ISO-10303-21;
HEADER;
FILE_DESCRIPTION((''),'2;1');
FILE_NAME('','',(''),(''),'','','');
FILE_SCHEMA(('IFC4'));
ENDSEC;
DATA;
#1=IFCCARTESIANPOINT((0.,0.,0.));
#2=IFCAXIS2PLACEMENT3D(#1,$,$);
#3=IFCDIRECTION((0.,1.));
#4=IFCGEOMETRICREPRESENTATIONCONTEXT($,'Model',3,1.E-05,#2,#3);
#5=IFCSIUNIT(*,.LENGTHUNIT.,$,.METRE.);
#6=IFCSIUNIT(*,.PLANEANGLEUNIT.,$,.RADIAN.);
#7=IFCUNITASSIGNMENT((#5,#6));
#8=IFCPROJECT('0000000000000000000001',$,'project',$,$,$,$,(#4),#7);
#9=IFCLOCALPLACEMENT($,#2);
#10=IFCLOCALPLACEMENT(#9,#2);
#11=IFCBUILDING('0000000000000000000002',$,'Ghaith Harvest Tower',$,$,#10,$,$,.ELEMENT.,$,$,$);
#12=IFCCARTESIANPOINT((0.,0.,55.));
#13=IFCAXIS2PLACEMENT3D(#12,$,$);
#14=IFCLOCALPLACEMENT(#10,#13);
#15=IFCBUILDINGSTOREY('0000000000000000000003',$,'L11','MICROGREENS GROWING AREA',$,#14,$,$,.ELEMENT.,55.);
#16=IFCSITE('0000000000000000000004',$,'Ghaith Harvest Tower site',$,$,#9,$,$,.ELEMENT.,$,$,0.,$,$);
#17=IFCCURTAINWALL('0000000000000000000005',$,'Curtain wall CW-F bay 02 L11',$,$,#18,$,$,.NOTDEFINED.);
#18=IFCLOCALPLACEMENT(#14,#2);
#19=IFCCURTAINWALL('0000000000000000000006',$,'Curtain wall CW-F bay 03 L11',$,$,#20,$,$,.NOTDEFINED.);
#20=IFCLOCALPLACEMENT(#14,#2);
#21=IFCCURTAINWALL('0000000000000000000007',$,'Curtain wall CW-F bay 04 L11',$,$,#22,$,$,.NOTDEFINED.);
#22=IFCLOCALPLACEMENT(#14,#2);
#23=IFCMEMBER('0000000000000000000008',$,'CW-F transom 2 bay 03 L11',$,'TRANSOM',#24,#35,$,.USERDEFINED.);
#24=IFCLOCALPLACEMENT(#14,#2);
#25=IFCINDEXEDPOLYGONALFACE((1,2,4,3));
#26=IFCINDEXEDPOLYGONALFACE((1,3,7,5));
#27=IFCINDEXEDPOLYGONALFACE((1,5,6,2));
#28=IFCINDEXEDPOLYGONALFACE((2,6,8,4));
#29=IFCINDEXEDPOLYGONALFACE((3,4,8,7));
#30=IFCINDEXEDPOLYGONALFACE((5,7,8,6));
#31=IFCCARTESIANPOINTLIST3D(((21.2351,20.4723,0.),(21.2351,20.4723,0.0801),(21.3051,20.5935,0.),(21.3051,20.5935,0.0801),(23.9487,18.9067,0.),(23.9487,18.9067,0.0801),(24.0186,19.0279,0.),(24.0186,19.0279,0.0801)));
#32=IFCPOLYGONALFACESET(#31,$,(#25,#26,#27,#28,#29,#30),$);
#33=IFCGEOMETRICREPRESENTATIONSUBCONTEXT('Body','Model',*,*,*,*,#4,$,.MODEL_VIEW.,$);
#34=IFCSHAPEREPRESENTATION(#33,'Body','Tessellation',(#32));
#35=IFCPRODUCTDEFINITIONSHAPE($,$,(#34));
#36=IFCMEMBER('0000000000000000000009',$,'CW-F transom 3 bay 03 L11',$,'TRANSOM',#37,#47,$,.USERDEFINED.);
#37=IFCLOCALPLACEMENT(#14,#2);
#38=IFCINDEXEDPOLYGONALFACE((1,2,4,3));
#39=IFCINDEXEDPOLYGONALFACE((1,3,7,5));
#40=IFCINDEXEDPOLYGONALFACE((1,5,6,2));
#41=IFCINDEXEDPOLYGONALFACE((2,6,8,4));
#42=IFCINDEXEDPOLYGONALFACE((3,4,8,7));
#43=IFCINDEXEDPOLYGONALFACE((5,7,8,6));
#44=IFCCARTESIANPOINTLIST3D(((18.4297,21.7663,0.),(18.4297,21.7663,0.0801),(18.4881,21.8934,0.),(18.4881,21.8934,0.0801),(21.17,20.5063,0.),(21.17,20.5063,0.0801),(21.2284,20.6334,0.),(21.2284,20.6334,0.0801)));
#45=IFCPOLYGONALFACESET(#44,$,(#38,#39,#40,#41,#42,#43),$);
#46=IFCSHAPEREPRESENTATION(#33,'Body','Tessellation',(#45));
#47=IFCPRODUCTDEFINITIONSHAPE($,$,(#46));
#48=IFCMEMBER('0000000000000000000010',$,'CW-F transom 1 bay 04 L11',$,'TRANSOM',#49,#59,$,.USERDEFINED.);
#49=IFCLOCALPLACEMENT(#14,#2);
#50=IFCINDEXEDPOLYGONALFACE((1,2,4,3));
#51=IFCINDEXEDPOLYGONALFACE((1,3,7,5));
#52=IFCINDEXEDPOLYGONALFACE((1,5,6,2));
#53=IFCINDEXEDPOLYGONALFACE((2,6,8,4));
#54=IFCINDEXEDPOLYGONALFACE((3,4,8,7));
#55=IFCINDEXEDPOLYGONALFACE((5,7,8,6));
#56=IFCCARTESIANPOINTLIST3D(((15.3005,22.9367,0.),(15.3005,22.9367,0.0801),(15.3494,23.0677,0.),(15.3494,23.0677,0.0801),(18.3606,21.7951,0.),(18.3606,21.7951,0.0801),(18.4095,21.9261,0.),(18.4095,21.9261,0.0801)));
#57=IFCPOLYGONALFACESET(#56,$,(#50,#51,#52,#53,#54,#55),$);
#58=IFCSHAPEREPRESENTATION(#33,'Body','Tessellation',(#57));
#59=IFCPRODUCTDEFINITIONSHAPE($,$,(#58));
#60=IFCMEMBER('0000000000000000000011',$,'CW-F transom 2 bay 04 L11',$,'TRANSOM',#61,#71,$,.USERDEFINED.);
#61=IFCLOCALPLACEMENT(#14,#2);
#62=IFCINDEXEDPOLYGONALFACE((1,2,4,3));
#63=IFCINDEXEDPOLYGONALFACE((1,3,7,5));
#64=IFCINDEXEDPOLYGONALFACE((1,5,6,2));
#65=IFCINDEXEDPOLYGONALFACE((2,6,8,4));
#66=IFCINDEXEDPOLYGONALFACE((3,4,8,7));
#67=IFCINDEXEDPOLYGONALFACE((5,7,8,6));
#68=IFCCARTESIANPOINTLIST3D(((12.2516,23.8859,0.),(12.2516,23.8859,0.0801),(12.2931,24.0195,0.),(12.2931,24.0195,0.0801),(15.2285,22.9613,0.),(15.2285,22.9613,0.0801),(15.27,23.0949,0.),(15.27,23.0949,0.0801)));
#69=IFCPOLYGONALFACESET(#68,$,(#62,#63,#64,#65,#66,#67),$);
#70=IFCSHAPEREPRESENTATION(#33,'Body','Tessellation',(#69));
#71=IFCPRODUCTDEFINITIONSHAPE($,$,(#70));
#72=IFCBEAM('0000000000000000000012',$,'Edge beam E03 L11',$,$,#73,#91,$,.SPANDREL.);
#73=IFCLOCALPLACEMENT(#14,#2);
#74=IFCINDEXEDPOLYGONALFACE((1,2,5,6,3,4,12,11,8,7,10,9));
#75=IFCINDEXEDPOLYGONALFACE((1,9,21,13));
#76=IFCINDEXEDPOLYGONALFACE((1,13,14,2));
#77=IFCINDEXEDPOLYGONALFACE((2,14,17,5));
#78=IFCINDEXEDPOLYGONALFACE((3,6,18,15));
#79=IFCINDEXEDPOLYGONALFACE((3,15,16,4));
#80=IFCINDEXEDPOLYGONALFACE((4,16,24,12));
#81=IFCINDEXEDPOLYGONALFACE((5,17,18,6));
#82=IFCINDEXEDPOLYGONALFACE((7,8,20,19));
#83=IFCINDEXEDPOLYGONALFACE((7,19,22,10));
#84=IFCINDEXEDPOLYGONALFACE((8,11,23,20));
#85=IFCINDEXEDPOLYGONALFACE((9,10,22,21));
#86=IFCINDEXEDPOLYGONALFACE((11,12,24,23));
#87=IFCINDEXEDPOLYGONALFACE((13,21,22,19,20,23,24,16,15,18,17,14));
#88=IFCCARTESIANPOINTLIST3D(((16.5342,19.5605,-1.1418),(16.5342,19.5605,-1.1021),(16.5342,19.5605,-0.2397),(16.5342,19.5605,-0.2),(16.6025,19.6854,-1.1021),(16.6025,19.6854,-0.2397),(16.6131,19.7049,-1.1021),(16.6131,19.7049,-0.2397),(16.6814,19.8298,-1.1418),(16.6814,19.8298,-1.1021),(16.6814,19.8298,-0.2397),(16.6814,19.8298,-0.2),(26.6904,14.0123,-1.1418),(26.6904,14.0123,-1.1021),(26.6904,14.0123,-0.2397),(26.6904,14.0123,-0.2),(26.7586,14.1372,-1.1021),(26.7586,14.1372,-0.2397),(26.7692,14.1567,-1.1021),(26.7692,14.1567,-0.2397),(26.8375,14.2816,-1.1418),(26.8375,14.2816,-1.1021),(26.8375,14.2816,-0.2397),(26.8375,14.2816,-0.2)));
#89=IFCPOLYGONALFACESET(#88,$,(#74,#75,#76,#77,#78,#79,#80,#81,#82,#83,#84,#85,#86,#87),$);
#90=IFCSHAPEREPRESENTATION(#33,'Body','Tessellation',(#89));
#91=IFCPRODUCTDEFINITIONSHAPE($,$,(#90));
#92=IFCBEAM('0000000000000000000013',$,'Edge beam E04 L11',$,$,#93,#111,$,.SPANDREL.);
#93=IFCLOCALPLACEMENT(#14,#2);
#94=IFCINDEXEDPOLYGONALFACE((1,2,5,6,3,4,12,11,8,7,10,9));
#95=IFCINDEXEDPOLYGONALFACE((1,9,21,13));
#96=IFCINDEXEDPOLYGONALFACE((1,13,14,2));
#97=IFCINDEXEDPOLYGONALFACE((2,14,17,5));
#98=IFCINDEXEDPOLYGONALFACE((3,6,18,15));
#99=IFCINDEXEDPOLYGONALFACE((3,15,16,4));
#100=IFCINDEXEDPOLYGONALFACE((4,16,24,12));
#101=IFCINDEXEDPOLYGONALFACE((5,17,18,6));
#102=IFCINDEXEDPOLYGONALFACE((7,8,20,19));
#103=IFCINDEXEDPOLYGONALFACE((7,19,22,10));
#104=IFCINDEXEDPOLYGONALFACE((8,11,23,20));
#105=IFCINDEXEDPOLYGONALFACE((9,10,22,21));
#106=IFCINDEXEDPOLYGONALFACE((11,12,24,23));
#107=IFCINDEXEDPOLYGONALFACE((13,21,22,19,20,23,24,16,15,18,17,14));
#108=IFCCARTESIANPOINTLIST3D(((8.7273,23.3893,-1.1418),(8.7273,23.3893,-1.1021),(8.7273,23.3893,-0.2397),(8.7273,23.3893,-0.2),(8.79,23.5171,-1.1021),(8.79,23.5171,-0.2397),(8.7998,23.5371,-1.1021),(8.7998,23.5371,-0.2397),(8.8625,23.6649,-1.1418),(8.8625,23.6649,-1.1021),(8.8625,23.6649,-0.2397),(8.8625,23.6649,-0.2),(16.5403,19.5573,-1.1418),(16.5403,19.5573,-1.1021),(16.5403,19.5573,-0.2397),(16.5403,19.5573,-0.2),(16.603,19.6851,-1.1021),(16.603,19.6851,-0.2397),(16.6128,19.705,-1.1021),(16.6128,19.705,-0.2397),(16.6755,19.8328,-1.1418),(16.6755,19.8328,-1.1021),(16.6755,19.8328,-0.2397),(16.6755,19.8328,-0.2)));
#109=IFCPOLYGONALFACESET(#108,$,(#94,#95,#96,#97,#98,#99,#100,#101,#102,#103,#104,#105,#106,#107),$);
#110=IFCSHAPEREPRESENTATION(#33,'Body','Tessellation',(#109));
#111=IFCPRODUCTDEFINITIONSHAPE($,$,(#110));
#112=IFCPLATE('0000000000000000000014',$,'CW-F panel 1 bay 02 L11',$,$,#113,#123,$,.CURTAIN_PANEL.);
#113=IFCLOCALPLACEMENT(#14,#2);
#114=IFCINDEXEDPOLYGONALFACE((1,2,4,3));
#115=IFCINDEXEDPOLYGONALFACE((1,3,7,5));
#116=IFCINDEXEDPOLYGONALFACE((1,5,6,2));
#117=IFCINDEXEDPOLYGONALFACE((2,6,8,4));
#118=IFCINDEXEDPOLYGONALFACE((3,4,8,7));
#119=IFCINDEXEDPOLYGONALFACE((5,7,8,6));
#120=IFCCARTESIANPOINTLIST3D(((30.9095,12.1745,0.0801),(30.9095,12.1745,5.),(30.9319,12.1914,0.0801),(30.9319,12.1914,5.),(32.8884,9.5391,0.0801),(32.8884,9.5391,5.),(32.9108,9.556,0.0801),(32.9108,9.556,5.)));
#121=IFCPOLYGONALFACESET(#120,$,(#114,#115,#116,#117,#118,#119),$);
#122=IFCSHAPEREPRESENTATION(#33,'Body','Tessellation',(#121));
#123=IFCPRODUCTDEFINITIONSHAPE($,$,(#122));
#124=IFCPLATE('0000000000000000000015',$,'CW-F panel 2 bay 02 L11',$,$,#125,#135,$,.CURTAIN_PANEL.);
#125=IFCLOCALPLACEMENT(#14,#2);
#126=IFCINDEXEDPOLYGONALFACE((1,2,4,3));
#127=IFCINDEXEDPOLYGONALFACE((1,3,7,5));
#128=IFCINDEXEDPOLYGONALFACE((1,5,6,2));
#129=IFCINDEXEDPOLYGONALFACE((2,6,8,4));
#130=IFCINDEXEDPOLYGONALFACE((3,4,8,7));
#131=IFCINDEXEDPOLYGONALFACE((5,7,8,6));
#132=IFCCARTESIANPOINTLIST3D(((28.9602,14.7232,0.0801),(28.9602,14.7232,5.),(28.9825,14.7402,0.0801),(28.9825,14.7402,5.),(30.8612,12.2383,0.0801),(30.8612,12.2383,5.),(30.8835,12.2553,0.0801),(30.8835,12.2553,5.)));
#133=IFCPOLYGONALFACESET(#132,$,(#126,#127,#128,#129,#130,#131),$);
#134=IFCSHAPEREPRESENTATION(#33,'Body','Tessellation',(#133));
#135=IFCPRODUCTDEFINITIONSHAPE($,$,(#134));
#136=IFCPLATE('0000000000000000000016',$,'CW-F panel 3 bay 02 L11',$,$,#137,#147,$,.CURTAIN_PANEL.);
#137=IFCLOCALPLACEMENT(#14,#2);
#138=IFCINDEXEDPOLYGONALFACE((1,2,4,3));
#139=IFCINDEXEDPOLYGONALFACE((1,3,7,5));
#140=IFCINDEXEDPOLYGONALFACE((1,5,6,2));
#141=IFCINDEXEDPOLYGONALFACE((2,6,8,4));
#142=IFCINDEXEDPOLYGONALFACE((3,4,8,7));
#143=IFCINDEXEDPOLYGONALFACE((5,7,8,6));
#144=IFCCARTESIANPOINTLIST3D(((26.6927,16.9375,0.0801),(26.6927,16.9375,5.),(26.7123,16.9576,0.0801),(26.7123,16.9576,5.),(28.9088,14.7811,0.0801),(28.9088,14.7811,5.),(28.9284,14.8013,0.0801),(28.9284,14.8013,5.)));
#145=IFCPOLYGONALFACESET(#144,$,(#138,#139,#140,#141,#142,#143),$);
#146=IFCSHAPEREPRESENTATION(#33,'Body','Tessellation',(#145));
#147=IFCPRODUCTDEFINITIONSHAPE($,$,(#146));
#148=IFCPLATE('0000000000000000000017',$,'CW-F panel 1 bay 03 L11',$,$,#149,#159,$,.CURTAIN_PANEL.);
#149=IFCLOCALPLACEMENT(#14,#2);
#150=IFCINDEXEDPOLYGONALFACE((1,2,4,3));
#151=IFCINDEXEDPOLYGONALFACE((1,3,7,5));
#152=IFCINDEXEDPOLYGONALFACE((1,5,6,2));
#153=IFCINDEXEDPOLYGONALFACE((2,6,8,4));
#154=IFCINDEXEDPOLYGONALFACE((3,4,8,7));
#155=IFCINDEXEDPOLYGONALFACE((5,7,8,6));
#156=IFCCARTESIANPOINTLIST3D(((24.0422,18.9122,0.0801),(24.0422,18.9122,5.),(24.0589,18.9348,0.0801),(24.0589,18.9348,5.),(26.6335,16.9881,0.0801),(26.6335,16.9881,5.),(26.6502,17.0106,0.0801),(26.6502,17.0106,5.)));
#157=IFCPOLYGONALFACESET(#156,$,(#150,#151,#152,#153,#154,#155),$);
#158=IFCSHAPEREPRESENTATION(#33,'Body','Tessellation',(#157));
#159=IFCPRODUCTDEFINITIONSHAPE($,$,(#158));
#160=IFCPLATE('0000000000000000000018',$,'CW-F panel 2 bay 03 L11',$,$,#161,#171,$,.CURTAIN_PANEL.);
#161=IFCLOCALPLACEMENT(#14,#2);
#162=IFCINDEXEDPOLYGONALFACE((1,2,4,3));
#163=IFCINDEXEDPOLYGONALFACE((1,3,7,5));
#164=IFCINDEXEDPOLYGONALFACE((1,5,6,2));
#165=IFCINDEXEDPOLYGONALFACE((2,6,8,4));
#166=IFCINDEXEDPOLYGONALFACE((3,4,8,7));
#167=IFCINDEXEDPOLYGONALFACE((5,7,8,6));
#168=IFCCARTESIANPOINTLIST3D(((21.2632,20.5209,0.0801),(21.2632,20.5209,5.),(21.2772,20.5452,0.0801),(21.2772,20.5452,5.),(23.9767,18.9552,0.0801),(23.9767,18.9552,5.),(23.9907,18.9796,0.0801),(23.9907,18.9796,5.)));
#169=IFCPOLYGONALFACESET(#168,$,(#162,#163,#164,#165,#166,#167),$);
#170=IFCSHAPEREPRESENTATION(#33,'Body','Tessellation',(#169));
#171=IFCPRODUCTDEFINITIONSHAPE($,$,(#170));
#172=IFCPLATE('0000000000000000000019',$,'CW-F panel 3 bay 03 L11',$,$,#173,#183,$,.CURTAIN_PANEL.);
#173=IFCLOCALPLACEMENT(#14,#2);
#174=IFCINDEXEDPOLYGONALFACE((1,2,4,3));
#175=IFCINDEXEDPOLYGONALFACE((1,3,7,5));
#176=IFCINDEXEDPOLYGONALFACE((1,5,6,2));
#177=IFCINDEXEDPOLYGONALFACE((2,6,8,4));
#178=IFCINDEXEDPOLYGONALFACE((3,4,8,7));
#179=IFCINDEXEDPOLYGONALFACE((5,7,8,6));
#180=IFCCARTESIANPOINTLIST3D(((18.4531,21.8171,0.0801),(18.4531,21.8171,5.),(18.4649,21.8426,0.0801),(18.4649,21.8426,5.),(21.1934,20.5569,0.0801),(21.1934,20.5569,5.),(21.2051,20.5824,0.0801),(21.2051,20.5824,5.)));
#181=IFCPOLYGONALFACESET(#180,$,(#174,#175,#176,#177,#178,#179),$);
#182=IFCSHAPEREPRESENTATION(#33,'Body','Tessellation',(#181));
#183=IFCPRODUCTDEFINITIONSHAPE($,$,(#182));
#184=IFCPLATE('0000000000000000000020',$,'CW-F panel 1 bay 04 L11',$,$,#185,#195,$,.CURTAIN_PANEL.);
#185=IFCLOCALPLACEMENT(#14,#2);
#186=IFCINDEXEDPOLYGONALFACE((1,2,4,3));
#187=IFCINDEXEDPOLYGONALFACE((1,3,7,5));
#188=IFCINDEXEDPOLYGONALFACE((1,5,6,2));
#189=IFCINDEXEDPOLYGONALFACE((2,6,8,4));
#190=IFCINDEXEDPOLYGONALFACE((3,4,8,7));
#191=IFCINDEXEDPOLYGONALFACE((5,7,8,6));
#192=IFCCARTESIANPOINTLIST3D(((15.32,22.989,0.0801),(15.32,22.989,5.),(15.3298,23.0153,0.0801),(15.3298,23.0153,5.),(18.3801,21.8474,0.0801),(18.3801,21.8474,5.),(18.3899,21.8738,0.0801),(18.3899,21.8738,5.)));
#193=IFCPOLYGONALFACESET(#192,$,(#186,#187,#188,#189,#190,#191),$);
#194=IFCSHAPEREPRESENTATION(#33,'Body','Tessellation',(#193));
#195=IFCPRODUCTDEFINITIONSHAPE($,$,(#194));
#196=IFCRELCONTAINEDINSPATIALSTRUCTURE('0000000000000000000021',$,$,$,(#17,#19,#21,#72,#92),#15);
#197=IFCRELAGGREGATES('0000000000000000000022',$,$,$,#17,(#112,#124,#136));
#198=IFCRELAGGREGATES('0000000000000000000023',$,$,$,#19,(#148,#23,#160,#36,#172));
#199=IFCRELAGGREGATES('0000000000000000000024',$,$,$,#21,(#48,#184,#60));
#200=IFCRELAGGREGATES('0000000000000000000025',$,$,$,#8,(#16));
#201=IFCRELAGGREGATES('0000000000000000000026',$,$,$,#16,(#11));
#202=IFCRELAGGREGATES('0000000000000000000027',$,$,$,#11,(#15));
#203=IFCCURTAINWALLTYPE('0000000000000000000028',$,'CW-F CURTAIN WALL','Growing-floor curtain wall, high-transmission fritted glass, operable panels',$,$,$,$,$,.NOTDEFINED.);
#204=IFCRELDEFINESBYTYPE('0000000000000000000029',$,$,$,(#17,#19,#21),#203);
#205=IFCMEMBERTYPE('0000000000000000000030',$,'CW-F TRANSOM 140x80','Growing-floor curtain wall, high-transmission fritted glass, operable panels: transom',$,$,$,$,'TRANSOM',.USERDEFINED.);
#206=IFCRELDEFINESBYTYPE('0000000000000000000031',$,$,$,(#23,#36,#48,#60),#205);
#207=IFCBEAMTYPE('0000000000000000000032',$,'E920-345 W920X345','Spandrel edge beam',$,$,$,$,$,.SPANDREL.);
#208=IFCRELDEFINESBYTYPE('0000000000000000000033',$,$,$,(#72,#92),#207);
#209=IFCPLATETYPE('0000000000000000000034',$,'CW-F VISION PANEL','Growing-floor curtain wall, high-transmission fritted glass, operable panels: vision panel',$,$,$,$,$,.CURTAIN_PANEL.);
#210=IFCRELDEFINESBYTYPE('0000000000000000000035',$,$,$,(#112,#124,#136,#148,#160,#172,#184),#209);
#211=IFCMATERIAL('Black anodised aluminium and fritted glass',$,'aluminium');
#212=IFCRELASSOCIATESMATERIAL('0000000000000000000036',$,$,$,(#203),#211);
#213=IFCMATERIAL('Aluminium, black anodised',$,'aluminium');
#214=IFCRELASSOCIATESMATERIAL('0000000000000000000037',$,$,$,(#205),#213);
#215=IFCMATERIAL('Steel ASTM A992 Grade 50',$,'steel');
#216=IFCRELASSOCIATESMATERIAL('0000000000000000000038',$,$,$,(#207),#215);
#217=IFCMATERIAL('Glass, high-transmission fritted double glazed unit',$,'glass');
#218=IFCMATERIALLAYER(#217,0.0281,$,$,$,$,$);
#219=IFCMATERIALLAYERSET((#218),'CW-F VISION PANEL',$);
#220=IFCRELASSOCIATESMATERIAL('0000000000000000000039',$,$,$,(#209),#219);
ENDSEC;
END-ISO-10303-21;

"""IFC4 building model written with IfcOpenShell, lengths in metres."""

from ifc_helpers import new_model, si_unit, direction, frame, origin, origin_2d, place, context, subcontext, project, spatial, rectangle, i_section, extrude, material, layer, layer_set, material_profile, profile_set, type_object, element, aggregate, save


model = new_model("IFC4")

# Units and contexts
model_context = context("Model", 3, precision=1e-05, world=origin(), true_north=direction((0.0, 1.0)))
body_context = subcontext(model_context, "Body", "Model", "MODEL_VIEW")
ifc_project = project(units=[si_unit("LENGTHUNIT", "METRE"), si_unit("PLANEANGLEUNIT", "RADIAN")], contexts=[model_context])

# Site, building, storey
site_placement = place(None, origin())
site = spatial("IfcSite", under=ifc_project, at=site_placement, Name="Ghaith Harvest Tower site", CompositionType="ELEMENT", RefElevation=0.0)
building_placement = place(site_placement, origin())
building = spatial("IfcBuilding", under=site, at=building_placement, Name="Ghaith Harvest Tower", CompositionType="ELEMENT")
storey_placement = place(building_placement, frame((0.0, 0.0, 55.0)))
storey = spatial("IfcBuildingStorey", under=building, at=storey_placement, Name="L11", Description="MICROGREENS GROWING AREA", CompositionType="ELEMENT", Elevation=55.0)

# Curtain walls
ifc_material_1 = material(Name="Black anodised aluminium and fritted glass", Category="aluminium")
curtain_wall_type = type_object("IfcCurtainWallType", Name="CW-F CURTAIN WALL", Description="Growing-floor curtain wall, high-transmission fritted glass, operable panels", PredefinedType="NOTDEFINED", material=ifc_material_1)
curtain_wall_1_placement = place(storey_placement, origin())
curtain_wall_1 = element("IfcCurtainWall", 1, at=curtain_wall_1_placement, inside=storey, type_object=curtain_wall_type, Name="Curtain wall CW-F bay 02 L11", PredefinedType="NOTDEFINED")
curtain_wall_2_placement = place(storey_placement, origin())
curtain_wall_2 = element("IfcCurtainWall", 2, at=curtain_wall_2_placement, inside=storey, type_object=curtain_wall_type, Name="Curtain wall CW-F bay 03 L11", PredefinedType="NOTDEFINED")
curtain_wall_3_placement = place(storey_placement, origin())
curtain_wall_3 = element("IfcCurtainWall", 3, at=curtain_wall_3_placement, inside=storey, type_object=curtain_wall_type, Name="Curtain wall CW-F bay 04 L11", PredefinedType="NOTDEFINED")

# Members
ifc_material_2 = material(Name="Aluminium, black anodised", Category="aluminium")
ifc_material_profile_1 = material_profile(ifc_material_2, rectangle(XDim=0.1399, YDim=0.0801, at=origin_2d()), Name="CW-F TRANSOM 140x80")
ifc_profile_set_1 = profile_set([ifc_material_profile_1], Name="Aluminium, black anodised")
member_type_1 = type_object("IfcMemberType", Name="CW-F TRANSOM 140x80", Description="Growing-floor curtain wall, high-transmission fritted glass, operable panels: transom", ElementType="TRANSOM", PredefinedType="USERDEFINED", material=ifc_profile_set_1)
member_1_placement = place(storey_placement, frame((23.9836, 18.9673, 0.04), z_axis=(-0.866169, 0.499752, 0.0), x_axis=(-0.499752, -0.866169, 0.0)))
member_1 = element("IfcMember", 4, at=member_1_placement, type_object=member_type_1, Name="CW-F transom 2 bay 03 L11", ObjectType="TRANSOM", PredefinedType="USERDEFINED", context=body_context, shape_type="SweptSolid", body=[
    extrude(rectangle(XDim=0.1399, YDim=0.0801, at=origin_2d()), origin(), (0.0, 0.0, 1.0), 3.1328),
])
member_2_placement = place(storey_placement, frame((21.1992, 20.5698, 0.04), z_axis=(-0.908553, 0.417769, 0.0), x_axis=(-0.417769, -0.908553, 0.0)))
member_2 = element("IfcMember", 5, at=member_2_placement, type_object=member_type_1, Name="CW-F transom 3 bay 03 L11", ObjectType="TRANSOM", PredefinedType="USERDEFINED", context=body_context, shape_type="SweptSolid", body=[
    extrude(rectangle(XDim=0.1399, YDim=0.0801, at=origin_2d()), origin(), (0.0, 0.0, 1.0), 3.0161),
])
member_3_placement = place(storey_placement, frame((18.385, 21.8606, 0.04), z_axis=(-0.936924, 0.349534, 0.0), x_axis=(-0.349534, -0.936924, 0.0)))
member_3 = element("IfcMember", 6, at=member_3_placement, type_object=member_type_1, Name="CW-F transom 1 bay 04 L11", ObjectType="TRANSOM", PredefinedType="USERDEFINED", context=body_context, shape_type="SweptSolid", body=[
    extrude(rectangle(XDim=0.1399, YDim=0.0801, at=origin_2d()), origin(), (0.0, 0.0, 1.0), 3.2661),
])
member_4_placement = place(storey_placement, frame((15.2493, 23.0281, 0.04), z_axis=(-0.954998, 0.296611, 0.0), x_axis=(-0.296611, -0.954998, 0.0)))
member_4 = element("IfcMember", 7, at=member_4_placement, type_object=member_type_1, Name="CW-F transom 2 bay 04 L11", ObjectType="TRANSOM", PredefinedType="USERDEFINED", context=body_context, shape_type="SweptSolid", body=[
    extrude(rectangle(XDim=0.1399, YDim=0.0801, at=origin_2d()), origin(), (0.0, 0.0, 1.0), 3.1172),
])

# Beams
ifc_material_3 = material(Name="Steel ASTM A992 Grade 50", Category="steel")
ifc_material_profile_2 = material_profile(ifc_material_3, i_section(OverallWidth=0.3069, OverallDepth=0.9419, WebThickness=0.0222, FlangeThickness=0.0398, at=origin_2d()), Name="W920X345")
ifc_profile_set_2 = profile_set([ifc_material_profile_2], Name="Steel ASTM A992 Grade 50")
beam_type = type_object("IfcBeamType", Name="E920-345 W920X345", Description="Spandrel edge beam", PredefinedType="SPANDREL", material=ifc_profile_set_2)
beam_1_placement = place(storey_placement, frame((26.7639, 14.147, -0.6709), z_axis=(-0.877588, 0.479415, 0.0), x_axis=(-0.479415, -0.877588, 0.0)))
element("IfcBeam", 8, at=beam_1_placement, inside=storey, type_object=beam_type, Name="Edge beam E03 L11", PredefinedType="SPANDREL", context=body_context, shape_type="SweptSolid", body=[
    extrude(i_section(OverallWidth=0.3069, OverallDepth=0.9419, WebThickness=0.0222, FlangeThickness=0.0398, at=origin_2d()), origin(), (0.0, 0.0, 1.0), 11.5728),
])
beam_2_placement = place(storey_placement, frame((16.6079, 19.6951, -0.6709), z_axis=(-0.897824, 0.440355, 0.0), x_axis=(-0.440355, -0.897824, 0.0)))
element("IfcBeam", 9, at=beam_2_placement, inside=storey, type_object=beam_type, Name="Edge beam E04 L11", PredefinedType="SPANDREL", context=body_context, shape_type="SweptSolid", body=[
    extrude(i_section(OverallWidth=0.3069, OverallDepth=0.9419, WebThickness=0.0222, FlangeThickness=0.0398, at=origin_2d()), origin(), (0.0, 0.0, 1.0), 8.7021),
])

# Plates
ifc_material_4 = material(Name="Glass, high-transmission fritted double glazed unit", Category="glass")
ifc_layer_1 = layer(ifc_material_4, 0.0281)
ifc_layer_set_1 = layer_set([ifc_layer_1], Name="CW-F VISION PANEL")
plate_type = type_object("IfcPlateType", Name="CW-F VISION PANEL", Description="Growing-floor curtain wall, high-transmission fritted glass, operable panels: vision panel", PredefinedType="CURTAIN_PANEL", material=ifc_layer_set_1)
plate_1_placement = place(storey_placement, frame((31.9102, 10.8652, 0.0801), z_axis=(0.0, 0.0, 1.0), x_axis=(-0.600454, 0.799659, 0.0)))
plate_1 = element("IfcPlate", 10, at=plate_1_placement, type_object=plate_type, Name="CW-F panel 1 bay 02 L11", PredefinedType="CURTAIN_PANEL", context=body_context, shape_type="SweptSolid", body=[
    extrude(rectangle(XDim=3.2957, YDim=0.0281, at=origin_2d()), origin(), (0.0, 0.0, 1.0), 4.9199),
])
plate_2_placement = place(storey_placement, frame((29.9219, 13.4893, 0.0801), z_axis=(0.0, 0.0, 1.0), x_axis=(-0.607612, 0.794234, 0.0)))
plate_2 = element("IfcPlate", 11, at=plate_2_placement, type_object=plate_type, Name="CW-F panel 2 bay 02 L11", PredefinedType="CURTAIN_PANEL", context=body_context, shape_type="SweptSolid", body=[
    extrude(rectangle(XDim=3.1287, YDim=0.0281, at=origin_2d()), origin(), (0.0, 0.0, 1.0), 4.9199),
])
plate_3_placement = place(storey_placement, frame((27.8105, 15.8694, 0.0801), z_axis=(0.0, 0.0, 1.0), x_axis=(-0.716691, 0.697391, 0.0)))
plate_3 = element("IfcPlate", 12, at=plate_3_placement, type_object=plate_type, Name="CW-F panel 3 bay 02 L11", PredefinedType="CURTAIN_PANEL", context=body_context, shape_type="SweptSolid", body=[
    extrude(rectangle(XDim=3.092, YDim=0.0281, at=origin_2d()), origin(), (0.0, 0.0, 1.0), 4.9199),
])
aggregate(curtain_wall_1, [plate_1, plate_2, plate_3])
plate_4_placement = place(storey_placement, frame((25.3462, 17.9614, 0.0801), z_axis=(0.0, 0.0, 1.0), x_axis=(-0.802867, 0.596158, 0.0)))
plate_4 = element("IfcPlate", 13, at=plate_4_placement, type_object=plate_type, Name="CW-F panel 1 bay 03 L11", PredefinedType="CURTAIN_PANEL", context=body_context, shape_type="SweptSolid", body=[
    extrude(rectangle(XDim=3.2275, YDim=0.0281, at=origin_2d()), origin(), (0.0, 0.0, 1.0), 4.9199),
])
plate_5_placement = place(storey_placement, frame((22.627, 19.7502, 0.0801), z_axis=(0.0, 0.0, 1.0), x_axis=(-0.866159, 0.499768, 0.0)))
plate_5 = element("IfcPlate", 14, at=plate_5_placement, type_object=plate_type, Name="CW-F panel 2 bay 03 L11", PredefinedType="CURTAIN_PANEL", context=body_context, shape_type="SweptSolid", body=[
    extrude(rectangle(XDim=3.1328, YDim=0.0281, at=origin_2d()), origin(), (0.0, 0.0, 1.0), 4.9199),
])
plate_6_placement = place(storey_placement, frame((19.8291, 21.1997, 0.0801), z_axis=(0.0, 0.0, 1.0), x_axis=(-0.90853, 0.417821, 0.0)))
plate_6 = element("IfcPlate", 15, at=plate_6_placement, type_object=plate_type, Name="CW-F panel 3 bay 03 L11", PredefinedType="CURTAIN_PANEL", context=body_context, shape_type="SweptSolid", body=[
    extrude(rectangle(XDim=3.0161, YDim=0.0281, at=origin_2d()), origin(), (0.0, 0.0, 1.0), 4.9199),
])
aggregate(curtain_wall_2, [plate_4, member_1, plate_5, member_2, plate_6])
plate_7_placement = place(storey_placement, frame((16.855, 22.4314, 0.0801), z_axis=(0.0, 0.0, 1.0), x_axis=(-0.936926, 0.349526, 0.0)))
plate_7 = element("IfcPlate", 16, at=plate_7_placement, type_object=plate_type, Name="CW-F panel 1 bay 04 L11", PredefinedType="CURTAIN_PANEL", context=body_context, shape_type="SweptSolid", body=[
    extrude(rectangle(XDim=3.2661, YDim=0.0281, at=origin_2d()), origin(), (0.0, 0.0, 1.0), 4.9199),
])
aggregate(curtain_wall_3, [member_3, plate_7, member_4])

save(model, "model.ifc")
